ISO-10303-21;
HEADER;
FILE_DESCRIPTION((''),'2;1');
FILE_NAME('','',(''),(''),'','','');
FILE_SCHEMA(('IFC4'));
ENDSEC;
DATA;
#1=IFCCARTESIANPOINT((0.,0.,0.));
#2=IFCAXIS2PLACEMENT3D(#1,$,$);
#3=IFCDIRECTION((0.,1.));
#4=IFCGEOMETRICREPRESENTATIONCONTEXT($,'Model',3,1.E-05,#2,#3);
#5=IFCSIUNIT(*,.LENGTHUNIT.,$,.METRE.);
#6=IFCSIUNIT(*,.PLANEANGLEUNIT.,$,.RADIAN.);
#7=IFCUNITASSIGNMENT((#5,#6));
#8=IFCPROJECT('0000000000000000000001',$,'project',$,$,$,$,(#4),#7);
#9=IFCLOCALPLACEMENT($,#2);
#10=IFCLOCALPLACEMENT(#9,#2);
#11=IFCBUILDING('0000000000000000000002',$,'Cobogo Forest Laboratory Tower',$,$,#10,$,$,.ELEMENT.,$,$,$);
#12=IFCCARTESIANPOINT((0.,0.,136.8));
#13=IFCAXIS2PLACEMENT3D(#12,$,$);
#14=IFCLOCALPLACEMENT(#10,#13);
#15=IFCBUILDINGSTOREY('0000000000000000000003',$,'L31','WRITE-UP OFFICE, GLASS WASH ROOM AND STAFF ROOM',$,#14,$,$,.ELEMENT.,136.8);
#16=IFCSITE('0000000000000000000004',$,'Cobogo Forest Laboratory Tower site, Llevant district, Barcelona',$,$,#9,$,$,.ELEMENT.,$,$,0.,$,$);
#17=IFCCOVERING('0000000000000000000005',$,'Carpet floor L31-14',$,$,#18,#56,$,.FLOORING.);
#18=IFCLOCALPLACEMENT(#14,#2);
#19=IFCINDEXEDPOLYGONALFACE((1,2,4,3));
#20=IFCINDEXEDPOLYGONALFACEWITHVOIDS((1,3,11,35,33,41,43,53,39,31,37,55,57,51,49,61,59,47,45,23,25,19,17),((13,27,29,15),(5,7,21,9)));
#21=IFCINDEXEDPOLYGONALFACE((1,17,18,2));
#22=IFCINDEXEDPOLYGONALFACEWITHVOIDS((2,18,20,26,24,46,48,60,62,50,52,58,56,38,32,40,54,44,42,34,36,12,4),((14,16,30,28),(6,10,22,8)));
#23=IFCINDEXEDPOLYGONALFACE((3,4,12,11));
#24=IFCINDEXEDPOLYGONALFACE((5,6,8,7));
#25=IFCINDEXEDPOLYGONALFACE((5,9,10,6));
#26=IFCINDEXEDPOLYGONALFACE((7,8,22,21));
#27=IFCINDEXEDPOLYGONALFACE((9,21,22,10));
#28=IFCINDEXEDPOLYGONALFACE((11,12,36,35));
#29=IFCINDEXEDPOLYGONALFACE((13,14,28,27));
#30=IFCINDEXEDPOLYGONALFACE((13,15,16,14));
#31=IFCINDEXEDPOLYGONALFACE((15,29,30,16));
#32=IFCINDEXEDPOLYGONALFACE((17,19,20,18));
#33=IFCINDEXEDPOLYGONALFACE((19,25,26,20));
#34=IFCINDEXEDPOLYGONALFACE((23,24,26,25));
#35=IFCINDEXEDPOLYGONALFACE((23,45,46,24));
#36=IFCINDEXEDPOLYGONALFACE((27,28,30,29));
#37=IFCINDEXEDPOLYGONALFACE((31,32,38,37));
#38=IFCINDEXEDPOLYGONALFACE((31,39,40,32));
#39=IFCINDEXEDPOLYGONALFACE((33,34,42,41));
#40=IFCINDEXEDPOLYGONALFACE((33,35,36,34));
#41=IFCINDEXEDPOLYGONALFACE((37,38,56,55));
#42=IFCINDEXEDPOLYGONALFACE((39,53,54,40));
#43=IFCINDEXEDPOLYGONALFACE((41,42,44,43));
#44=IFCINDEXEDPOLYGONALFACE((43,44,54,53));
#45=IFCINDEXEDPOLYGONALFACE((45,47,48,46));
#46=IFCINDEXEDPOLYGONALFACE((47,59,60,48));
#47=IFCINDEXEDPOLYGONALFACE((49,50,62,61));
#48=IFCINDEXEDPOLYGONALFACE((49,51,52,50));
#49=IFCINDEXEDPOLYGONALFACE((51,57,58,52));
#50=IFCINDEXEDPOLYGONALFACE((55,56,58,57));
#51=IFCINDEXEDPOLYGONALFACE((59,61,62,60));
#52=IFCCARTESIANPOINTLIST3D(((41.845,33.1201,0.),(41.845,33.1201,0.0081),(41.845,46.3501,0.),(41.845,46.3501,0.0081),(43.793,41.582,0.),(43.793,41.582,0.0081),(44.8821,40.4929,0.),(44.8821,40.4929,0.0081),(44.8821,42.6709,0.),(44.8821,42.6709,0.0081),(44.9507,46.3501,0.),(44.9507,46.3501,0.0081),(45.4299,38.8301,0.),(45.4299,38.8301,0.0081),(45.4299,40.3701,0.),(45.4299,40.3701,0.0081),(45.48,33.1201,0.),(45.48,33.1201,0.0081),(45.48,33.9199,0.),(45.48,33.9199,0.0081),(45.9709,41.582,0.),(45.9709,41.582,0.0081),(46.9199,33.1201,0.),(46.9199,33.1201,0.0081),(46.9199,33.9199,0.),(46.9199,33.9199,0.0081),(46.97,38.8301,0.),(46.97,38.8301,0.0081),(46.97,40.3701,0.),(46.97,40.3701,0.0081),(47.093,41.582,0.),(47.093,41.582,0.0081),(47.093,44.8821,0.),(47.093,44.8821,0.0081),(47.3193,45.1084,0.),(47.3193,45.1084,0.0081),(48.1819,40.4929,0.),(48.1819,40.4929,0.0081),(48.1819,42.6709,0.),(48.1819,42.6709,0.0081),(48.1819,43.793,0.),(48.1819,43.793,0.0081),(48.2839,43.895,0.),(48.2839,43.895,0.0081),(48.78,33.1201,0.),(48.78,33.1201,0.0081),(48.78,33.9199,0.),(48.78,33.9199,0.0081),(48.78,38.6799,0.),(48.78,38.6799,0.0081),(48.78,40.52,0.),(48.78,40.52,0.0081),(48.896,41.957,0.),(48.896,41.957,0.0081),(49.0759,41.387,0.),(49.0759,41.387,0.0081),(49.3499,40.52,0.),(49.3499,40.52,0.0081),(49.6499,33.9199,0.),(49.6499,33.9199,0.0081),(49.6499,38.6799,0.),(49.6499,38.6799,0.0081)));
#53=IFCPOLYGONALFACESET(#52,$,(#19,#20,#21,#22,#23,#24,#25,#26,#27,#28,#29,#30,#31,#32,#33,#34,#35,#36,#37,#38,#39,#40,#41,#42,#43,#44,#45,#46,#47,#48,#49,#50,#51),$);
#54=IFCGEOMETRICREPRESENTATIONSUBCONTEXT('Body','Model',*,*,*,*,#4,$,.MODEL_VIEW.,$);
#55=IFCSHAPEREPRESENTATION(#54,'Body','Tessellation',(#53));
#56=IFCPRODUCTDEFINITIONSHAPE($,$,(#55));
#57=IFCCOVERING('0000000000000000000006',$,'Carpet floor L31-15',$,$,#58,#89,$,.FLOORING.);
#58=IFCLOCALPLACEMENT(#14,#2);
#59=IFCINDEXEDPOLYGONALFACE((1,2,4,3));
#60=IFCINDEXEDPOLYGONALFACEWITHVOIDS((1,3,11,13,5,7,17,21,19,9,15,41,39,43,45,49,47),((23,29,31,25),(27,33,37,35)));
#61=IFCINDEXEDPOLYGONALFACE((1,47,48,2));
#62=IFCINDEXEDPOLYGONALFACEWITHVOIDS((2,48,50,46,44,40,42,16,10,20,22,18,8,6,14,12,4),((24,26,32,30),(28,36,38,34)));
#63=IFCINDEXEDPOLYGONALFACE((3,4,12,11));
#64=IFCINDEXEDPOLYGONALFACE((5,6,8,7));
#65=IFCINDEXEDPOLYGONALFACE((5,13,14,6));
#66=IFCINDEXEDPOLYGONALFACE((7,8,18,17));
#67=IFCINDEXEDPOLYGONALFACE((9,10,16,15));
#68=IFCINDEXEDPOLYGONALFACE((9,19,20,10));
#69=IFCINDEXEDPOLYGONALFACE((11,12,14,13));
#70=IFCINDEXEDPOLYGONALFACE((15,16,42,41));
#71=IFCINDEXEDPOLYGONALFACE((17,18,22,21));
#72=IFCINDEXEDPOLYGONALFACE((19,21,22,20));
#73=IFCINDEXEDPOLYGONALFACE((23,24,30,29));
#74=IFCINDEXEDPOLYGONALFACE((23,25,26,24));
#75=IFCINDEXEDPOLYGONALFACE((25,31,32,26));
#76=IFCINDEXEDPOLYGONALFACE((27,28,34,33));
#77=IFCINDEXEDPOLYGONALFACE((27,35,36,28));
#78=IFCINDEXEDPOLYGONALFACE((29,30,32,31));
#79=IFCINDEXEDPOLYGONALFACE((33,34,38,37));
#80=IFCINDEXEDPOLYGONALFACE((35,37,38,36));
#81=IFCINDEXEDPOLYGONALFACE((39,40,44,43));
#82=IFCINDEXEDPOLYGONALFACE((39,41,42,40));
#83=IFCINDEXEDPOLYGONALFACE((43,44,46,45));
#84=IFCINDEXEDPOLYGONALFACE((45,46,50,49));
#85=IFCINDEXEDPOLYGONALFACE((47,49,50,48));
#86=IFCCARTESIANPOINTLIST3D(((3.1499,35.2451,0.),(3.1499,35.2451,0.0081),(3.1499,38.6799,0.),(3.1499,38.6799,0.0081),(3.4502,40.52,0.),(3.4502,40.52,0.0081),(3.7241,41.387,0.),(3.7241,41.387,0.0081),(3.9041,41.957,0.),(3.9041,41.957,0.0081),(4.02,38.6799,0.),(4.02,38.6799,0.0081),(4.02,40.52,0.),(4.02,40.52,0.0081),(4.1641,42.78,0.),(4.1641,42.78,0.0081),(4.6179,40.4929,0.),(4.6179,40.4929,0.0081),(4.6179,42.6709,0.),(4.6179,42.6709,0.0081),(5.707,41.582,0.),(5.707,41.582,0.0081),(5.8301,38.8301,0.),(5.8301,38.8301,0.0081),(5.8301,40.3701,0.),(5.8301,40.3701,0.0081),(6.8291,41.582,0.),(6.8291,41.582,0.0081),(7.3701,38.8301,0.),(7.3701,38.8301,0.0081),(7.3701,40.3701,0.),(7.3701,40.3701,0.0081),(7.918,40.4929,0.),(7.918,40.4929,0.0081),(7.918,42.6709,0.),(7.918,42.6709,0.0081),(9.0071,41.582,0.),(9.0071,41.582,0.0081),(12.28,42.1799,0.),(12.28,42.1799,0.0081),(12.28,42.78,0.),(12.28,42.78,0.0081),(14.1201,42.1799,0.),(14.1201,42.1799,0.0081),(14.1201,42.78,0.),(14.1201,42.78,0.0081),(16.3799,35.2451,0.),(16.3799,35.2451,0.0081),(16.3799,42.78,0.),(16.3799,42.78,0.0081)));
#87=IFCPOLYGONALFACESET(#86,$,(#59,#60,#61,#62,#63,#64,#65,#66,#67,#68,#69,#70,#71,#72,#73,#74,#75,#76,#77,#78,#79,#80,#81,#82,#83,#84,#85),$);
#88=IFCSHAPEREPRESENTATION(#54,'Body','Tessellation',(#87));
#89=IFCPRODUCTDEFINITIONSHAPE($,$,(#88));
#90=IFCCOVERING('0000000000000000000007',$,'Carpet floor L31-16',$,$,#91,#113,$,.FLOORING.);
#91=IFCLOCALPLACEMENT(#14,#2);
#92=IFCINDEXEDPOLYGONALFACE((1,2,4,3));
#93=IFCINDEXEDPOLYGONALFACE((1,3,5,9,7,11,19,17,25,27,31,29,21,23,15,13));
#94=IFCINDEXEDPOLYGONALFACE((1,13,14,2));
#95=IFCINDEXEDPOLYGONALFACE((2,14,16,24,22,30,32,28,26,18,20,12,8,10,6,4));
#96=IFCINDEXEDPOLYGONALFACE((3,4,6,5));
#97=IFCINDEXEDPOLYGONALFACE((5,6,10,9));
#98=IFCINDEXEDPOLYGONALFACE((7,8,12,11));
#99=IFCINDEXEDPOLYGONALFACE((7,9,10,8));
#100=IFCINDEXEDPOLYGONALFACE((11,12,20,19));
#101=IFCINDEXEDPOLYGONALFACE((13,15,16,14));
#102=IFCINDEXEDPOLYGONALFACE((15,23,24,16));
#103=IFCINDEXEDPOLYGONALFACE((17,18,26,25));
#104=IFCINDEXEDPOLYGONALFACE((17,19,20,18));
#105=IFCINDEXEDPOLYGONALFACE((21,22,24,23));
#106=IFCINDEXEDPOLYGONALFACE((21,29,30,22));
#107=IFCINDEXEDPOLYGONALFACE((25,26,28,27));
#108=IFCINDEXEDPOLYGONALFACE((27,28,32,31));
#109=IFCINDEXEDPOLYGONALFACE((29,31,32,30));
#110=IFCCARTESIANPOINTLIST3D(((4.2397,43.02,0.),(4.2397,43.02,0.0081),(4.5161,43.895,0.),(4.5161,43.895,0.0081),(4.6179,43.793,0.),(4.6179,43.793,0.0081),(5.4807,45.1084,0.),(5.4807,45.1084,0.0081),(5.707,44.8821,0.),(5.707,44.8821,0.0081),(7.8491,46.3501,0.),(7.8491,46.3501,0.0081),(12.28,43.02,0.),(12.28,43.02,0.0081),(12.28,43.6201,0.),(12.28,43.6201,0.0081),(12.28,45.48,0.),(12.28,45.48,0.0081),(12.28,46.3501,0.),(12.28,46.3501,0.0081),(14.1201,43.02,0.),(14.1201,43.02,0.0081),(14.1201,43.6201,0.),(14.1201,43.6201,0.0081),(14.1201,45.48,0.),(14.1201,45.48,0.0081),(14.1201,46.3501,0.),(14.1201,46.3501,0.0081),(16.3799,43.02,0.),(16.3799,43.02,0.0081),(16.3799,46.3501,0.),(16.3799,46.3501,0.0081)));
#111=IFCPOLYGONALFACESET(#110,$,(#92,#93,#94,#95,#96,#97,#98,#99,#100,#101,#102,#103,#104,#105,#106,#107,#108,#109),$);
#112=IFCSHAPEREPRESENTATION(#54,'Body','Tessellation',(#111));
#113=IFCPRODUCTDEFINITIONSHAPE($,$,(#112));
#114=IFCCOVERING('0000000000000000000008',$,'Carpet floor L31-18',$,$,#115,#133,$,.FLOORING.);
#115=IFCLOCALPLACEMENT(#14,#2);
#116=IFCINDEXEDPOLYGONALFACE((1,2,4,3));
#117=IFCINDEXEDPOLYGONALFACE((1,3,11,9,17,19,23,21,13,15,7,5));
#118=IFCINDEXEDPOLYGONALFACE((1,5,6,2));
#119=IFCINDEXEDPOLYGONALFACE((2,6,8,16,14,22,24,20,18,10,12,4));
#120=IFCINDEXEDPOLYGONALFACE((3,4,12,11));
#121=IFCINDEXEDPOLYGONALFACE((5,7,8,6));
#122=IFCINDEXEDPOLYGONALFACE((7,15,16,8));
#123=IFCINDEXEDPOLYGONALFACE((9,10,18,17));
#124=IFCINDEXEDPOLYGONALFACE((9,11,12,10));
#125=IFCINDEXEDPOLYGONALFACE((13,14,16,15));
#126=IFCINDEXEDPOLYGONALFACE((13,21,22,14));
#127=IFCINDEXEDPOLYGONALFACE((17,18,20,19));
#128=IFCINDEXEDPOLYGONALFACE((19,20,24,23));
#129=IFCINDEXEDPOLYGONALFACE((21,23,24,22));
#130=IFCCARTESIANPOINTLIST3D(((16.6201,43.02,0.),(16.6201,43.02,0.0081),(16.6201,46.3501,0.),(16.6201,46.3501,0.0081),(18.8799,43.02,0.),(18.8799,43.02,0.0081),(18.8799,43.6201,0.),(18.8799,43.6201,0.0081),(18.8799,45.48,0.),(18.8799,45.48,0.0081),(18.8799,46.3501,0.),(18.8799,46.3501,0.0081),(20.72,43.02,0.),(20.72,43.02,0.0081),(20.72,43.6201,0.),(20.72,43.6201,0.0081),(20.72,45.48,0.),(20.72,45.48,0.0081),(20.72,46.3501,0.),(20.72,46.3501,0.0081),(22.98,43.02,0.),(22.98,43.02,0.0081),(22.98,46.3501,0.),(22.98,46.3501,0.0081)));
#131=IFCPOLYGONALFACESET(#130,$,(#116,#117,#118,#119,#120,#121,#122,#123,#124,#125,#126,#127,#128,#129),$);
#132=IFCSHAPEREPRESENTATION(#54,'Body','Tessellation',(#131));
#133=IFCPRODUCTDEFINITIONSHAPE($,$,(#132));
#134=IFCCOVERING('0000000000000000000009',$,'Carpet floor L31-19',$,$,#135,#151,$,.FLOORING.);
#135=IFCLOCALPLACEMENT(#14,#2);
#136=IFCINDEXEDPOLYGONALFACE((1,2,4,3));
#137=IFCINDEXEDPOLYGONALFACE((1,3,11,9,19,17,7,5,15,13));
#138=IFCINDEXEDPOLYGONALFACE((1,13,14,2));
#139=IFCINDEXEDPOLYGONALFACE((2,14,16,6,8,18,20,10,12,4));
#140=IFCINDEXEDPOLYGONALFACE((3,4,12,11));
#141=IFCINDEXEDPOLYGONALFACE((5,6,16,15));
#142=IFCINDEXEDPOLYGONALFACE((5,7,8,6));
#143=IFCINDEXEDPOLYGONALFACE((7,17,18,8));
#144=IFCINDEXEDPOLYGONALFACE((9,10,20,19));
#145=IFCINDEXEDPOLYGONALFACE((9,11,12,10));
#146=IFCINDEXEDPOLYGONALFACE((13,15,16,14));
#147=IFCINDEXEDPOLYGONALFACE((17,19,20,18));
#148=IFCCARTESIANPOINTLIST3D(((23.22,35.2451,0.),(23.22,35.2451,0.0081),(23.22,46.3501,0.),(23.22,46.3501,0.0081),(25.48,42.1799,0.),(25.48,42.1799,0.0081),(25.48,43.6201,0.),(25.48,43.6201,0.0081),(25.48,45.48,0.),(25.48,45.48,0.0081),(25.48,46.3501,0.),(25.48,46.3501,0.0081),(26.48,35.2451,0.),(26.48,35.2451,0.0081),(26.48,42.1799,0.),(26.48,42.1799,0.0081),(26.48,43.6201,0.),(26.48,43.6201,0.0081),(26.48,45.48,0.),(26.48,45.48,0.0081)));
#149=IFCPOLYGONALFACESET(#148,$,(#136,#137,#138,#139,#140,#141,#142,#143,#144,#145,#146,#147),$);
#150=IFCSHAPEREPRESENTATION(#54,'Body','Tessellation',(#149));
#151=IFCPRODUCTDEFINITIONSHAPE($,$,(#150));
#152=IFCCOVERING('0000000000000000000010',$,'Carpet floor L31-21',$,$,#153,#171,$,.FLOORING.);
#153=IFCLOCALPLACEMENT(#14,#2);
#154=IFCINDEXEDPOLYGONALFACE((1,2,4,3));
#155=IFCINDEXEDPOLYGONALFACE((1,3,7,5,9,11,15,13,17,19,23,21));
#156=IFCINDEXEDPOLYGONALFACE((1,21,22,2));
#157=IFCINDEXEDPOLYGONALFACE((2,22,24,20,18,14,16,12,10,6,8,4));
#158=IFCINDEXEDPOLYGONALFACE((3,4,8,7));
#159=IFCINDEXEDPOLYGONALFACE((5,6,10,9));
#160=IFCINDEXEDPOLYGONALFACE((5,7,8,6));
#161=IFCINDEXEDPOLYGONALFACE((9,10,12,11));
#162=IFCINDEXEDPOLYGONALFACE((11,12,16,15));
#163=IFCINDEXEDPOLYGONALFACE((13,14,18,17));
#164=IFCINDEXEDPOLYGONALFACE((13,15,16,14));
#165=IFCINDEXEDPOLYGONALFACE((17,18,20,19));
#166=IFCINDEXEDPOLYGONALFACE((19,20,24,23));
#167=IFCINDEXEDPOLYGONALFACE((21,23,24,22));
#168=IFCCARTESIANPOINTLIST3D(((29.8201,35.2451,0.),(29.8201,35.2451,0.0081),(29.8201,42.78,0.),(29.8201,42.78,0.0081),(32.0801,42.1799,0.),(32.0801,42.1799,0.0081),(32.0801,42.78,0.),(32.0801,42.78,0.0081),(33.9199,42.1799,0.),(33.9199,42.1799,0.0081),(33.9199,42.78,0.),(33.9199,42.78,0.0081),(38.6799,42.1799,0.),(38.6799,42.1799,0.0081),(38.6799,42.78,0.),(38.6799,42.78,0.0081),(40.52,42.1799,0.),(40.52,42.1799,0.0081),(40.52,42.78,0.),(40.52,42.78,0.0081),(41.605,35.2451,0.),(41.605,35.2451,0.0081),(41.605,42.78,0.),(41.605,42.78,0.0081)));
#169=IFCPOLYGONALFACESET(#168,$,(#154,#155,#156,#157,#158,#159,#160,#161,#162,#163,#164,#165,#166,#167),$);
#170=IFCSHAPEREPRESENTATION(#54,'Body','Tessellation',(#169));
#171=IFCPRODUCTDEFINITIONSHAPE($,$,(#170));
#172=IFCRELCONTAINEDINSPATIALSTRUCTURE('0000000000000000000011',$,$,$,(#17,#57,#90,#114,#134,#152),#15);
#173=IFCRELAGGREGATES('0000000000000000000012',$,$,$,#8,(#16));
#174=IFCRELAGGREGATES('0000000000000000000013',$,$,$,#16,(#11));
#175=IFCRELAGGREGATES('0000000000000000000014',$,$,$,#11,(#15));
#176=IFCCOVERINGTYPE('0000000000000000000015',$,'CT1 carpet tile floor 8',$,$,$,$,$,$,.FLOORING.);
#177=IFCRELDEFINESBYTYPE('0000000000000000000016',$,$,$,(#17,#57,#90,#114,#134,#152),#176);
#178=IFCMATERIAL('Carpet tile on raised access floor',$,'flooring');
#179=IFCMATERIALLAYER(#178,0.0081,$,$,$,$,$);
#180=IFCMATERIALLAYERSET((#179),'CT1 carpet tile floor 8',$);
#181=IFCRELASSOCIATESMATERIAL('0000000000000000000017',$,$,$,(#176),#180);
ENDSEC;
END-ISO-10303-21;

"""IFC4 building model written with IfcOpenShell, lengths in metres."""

from ifc_helpers import new_model, si_unit, direction, frame, origin, place, context, subcontext, project, spatial, polyline, outline, extrude, material, layer, layer_set, type_object, element, save


model = new_model("IFC4")

# Units and contexts
model_context = context("Model", 3, precision=1e-05, world=origin(), true_north=direction((0.0, 1.0)))
body_context = subcontext(model_context, "Body", "Model", "MODEL_VIEW")
ifc_project = project(units=[si_unit("LENGTHUNIT", "METRE"), si_unit("PLANEANGLEUNIT", "RADIAN")], contexts=[model_context])

# Site, building, storey
site_placement = place(None, origin())
site = spatial("IfcSite", under=ifc_project, at=site_placement, Name="Cobogo Forest Laboratory Tower site, Llevant district, Barcelona", CompositionType="ELEMENT", RefElevation=0.0)
building_placement = place(site_placement, origin())
building = spatial("IfcBuilding", under=site, at=building_placement, Name="Cobogo Forest Laboratory Tower", CompositionType="ELEMENT")
storey_placement = place(building_placement, frame((0.0, 0.0, 136.8)))
storey = spatial("IfcBuildingStorey", under=building, at=storey_placement, Name="L31", Description="WRITE-UP OFFICE, GLASS WASH ROOM AND STAFF ROOM", CompositionType="ELEMENT", Elevation=136.8)

# Coverings
ifc_material_1 = material(Name="Carpet tile on raised access floor", Category="flooring")
ifc_layer_1 = layer(ifc_material_1, 0.0081)
ifc_layer_set_1 = layer_set([ifc_layer_1], Name="CT1 carpet tile floor 8")
covering_type_1 = type_object("IfcCoveringType", Name="CT1 carpet tile floor 8", PredefinedType="FLOORING", material=ifc_layer_set_1)
covering_1_placement = place(storey_placement, origin())
element("IfcCovering", 1, at=covering_1_placement, inside=storey, type_object=covering_type_1, Name="Carpet floor L31-14", PredefinedType="FLOORING", context=body_context, shape_type="SweptSolid", body=[
    extrude(outline(polyline([(41.845, 46.3501), (44.9507, 46.3501), (47.3193, 45.1084), (47.093, 44.8821), (48.1819, 43.793), (48.2839, 43.895), (48.896, 41.957), (48.1819, 42.6709), (47.093, 41.582), (48.1819, 40.4929), (49.0759, 41.387), (49.3499, 40.52), (48.78, 40.52), (48.78, 38.6799), (49.6499, 38.6799), (49.6499, 33.9199), (48.78, 33.9199), (48.78, 33.1201), (46.9199, 33.1201), (46.9199, 33.9199), (45.48, 33.9199), (45.48, 33.1201), (41.845, 33.1201), (41.845, 46.3501)]), holes=[polyline([(45.4299, 40.3701), (45.4299, 38.8301), (46.97, 38.8301), (46.97, 40.3701), (45.4299, 40.3701)]), polyline([(43.793, 41.582), (44.8821, 40.4929), (45.9709, 41.582), (44.8821, 42.6709), (43.793, 41.582)])]), origin(), (0.0, 0.0, 1.0), 0.0081),
])
covering_2_placement = place(storey_placement, origin())
element("IfcCovering", 2, at=covering_2_placement, inside=storey, type_object=covering_type_1, Name="Carpet floor L31-15", PredefinedType="FLOORING", context=body_context, shape_type="SweptSolid", body=[
    extrude(outline(polyline([(3.7241, 41.387), (4.6179, 40.4929), (5.707, 41.582), (4.6179, 42.6709), (3.9041, 41.957), (4.1641, 42.78), (12.28, 42.78), (12.28, 42.1799), (14.1201, 42.1799), (14.1201, 42.78), (16.3799, 42.78), (16.3799, 35.2451), (3.1499, 35.2451), (3.1499, 38.6799), (4.02, 38.6799), (4.02, 40.52), (3.4502, 40.52), (3.7241, 41.387)]), holes=[polyline([(6.8291, 41.582), (7.918, 40.4929), (9.0071, 41.582), (7.918, 42.6709), (6.8291, 41.582)]), polyline([(5.8301, 38.8301), (7.3701, 38.8301), (7.3701, 40.3701), (5.8301, 40.3701), (5.8301, 38.8301)])]), origin(), (0.0, 0.0, 1.0), 0.0081),
])
covering_3_placement = place(storey_placement, origin())
element("IfcCovering", 3, at=covering_3_placement, inside=storey, type_object=covering_type_1, Name="Carpet floor L31-16", PredefinedType="FLOORING", context=body_context, shape_type="SweptSolid", body=[
    extrude(outline(polyline([(14.1201, 43.02), (14.1201, 43.6201), (12.28, 43.6201), (12.28, 43.02), (4.2397, 43.02), (4.5161, 43.895), (4.6179, 43.793), (5.707, 44.8821), (5.4807, 45.1084), (7.8491, 46.3501), (12.28, 46.3501), (12.28, 45.48), (14.1201, 45.48), (14.1201, 46.3501), (16.3799, 46.3501), (16.3799, 43.02), (14.1201, 43.02)])), origin(), (0.0, 0.0, 1.0), 0.0081),
])
covering_4_placement = place(storey_placement, origin())
element("IfcCovering", 4, at=covering_4_placement, inside=storey, type_object=covering_type_1, Name="Carpet floor L31-18", PredefinedType="FLOORING", context=body_context, shape_type="SweptSolid", body=[
    extrude(outline(polyline([(20.72, 43.02), (20.72, 43.6201), (18.8799, 43.6201), (18.8799, 43.02), (16.6201, 43.02), (16.6201, 46.3501), (18.8799, 46.3501), (18.8799, 45.48), (20.72, 45.48), (20.72, 46.3501), (22.98, 46.3501), (22.98, 43.02), (20.72, 43.02)])), origin(), (0.0, 0.0, 1.0), 0.0081),
])
covering_5_placement = place(storey_placement, origin())
element("IfcCovering", 5, at=covering_5_placement, inside=storey, type_object=covering_type_1, Name="Carpet floor L31-19", PredefinedType="FLOORING", context=body_context, shape_type="SweptSolid", body=[
    extrude(outline(polyline([(23.22, 35.2451), (23.22, 46.3501), (25.48, 46.3501), (25.48, 45.48), (26.48, 45.48), (26.48, 43.6201), (25.48, 43.6201), (25.48, 42.1799), (26.48, 42.1799), (26.48, 35.2451), (23.22, 35.2451)])), origin(), (0.0, 0.0, 1.0), 0.0081),
])
covering_6_placement = place(storey_placement, origin())
element("IfcCovering", 6, at=covering_6_placement, inside=storey, type_object=covering_type_1, Name="Carpet floor L31-21", PredefinedType="FLOORING", context=body_context, shape_type="SweptSolid", body=[
    extrude(outline(polyline([(29.8201, 42.78), (32.0801, 42.78), (32.0801, 42.1799), (33.9199, 42.1799), (33.9199, 42.78), (38.6799, 42.78), (38.6799, 42.1799), (40.52, 42.1799), (40.52, 42.78), (41.605, 42.78), (41.605, 35.2451), (29.8201, 35.2451), (29.8201, 42.78)])), origin(), (0.0, 0.0, 1.0), 0.0081),
])

save(model, "model.ifc")
